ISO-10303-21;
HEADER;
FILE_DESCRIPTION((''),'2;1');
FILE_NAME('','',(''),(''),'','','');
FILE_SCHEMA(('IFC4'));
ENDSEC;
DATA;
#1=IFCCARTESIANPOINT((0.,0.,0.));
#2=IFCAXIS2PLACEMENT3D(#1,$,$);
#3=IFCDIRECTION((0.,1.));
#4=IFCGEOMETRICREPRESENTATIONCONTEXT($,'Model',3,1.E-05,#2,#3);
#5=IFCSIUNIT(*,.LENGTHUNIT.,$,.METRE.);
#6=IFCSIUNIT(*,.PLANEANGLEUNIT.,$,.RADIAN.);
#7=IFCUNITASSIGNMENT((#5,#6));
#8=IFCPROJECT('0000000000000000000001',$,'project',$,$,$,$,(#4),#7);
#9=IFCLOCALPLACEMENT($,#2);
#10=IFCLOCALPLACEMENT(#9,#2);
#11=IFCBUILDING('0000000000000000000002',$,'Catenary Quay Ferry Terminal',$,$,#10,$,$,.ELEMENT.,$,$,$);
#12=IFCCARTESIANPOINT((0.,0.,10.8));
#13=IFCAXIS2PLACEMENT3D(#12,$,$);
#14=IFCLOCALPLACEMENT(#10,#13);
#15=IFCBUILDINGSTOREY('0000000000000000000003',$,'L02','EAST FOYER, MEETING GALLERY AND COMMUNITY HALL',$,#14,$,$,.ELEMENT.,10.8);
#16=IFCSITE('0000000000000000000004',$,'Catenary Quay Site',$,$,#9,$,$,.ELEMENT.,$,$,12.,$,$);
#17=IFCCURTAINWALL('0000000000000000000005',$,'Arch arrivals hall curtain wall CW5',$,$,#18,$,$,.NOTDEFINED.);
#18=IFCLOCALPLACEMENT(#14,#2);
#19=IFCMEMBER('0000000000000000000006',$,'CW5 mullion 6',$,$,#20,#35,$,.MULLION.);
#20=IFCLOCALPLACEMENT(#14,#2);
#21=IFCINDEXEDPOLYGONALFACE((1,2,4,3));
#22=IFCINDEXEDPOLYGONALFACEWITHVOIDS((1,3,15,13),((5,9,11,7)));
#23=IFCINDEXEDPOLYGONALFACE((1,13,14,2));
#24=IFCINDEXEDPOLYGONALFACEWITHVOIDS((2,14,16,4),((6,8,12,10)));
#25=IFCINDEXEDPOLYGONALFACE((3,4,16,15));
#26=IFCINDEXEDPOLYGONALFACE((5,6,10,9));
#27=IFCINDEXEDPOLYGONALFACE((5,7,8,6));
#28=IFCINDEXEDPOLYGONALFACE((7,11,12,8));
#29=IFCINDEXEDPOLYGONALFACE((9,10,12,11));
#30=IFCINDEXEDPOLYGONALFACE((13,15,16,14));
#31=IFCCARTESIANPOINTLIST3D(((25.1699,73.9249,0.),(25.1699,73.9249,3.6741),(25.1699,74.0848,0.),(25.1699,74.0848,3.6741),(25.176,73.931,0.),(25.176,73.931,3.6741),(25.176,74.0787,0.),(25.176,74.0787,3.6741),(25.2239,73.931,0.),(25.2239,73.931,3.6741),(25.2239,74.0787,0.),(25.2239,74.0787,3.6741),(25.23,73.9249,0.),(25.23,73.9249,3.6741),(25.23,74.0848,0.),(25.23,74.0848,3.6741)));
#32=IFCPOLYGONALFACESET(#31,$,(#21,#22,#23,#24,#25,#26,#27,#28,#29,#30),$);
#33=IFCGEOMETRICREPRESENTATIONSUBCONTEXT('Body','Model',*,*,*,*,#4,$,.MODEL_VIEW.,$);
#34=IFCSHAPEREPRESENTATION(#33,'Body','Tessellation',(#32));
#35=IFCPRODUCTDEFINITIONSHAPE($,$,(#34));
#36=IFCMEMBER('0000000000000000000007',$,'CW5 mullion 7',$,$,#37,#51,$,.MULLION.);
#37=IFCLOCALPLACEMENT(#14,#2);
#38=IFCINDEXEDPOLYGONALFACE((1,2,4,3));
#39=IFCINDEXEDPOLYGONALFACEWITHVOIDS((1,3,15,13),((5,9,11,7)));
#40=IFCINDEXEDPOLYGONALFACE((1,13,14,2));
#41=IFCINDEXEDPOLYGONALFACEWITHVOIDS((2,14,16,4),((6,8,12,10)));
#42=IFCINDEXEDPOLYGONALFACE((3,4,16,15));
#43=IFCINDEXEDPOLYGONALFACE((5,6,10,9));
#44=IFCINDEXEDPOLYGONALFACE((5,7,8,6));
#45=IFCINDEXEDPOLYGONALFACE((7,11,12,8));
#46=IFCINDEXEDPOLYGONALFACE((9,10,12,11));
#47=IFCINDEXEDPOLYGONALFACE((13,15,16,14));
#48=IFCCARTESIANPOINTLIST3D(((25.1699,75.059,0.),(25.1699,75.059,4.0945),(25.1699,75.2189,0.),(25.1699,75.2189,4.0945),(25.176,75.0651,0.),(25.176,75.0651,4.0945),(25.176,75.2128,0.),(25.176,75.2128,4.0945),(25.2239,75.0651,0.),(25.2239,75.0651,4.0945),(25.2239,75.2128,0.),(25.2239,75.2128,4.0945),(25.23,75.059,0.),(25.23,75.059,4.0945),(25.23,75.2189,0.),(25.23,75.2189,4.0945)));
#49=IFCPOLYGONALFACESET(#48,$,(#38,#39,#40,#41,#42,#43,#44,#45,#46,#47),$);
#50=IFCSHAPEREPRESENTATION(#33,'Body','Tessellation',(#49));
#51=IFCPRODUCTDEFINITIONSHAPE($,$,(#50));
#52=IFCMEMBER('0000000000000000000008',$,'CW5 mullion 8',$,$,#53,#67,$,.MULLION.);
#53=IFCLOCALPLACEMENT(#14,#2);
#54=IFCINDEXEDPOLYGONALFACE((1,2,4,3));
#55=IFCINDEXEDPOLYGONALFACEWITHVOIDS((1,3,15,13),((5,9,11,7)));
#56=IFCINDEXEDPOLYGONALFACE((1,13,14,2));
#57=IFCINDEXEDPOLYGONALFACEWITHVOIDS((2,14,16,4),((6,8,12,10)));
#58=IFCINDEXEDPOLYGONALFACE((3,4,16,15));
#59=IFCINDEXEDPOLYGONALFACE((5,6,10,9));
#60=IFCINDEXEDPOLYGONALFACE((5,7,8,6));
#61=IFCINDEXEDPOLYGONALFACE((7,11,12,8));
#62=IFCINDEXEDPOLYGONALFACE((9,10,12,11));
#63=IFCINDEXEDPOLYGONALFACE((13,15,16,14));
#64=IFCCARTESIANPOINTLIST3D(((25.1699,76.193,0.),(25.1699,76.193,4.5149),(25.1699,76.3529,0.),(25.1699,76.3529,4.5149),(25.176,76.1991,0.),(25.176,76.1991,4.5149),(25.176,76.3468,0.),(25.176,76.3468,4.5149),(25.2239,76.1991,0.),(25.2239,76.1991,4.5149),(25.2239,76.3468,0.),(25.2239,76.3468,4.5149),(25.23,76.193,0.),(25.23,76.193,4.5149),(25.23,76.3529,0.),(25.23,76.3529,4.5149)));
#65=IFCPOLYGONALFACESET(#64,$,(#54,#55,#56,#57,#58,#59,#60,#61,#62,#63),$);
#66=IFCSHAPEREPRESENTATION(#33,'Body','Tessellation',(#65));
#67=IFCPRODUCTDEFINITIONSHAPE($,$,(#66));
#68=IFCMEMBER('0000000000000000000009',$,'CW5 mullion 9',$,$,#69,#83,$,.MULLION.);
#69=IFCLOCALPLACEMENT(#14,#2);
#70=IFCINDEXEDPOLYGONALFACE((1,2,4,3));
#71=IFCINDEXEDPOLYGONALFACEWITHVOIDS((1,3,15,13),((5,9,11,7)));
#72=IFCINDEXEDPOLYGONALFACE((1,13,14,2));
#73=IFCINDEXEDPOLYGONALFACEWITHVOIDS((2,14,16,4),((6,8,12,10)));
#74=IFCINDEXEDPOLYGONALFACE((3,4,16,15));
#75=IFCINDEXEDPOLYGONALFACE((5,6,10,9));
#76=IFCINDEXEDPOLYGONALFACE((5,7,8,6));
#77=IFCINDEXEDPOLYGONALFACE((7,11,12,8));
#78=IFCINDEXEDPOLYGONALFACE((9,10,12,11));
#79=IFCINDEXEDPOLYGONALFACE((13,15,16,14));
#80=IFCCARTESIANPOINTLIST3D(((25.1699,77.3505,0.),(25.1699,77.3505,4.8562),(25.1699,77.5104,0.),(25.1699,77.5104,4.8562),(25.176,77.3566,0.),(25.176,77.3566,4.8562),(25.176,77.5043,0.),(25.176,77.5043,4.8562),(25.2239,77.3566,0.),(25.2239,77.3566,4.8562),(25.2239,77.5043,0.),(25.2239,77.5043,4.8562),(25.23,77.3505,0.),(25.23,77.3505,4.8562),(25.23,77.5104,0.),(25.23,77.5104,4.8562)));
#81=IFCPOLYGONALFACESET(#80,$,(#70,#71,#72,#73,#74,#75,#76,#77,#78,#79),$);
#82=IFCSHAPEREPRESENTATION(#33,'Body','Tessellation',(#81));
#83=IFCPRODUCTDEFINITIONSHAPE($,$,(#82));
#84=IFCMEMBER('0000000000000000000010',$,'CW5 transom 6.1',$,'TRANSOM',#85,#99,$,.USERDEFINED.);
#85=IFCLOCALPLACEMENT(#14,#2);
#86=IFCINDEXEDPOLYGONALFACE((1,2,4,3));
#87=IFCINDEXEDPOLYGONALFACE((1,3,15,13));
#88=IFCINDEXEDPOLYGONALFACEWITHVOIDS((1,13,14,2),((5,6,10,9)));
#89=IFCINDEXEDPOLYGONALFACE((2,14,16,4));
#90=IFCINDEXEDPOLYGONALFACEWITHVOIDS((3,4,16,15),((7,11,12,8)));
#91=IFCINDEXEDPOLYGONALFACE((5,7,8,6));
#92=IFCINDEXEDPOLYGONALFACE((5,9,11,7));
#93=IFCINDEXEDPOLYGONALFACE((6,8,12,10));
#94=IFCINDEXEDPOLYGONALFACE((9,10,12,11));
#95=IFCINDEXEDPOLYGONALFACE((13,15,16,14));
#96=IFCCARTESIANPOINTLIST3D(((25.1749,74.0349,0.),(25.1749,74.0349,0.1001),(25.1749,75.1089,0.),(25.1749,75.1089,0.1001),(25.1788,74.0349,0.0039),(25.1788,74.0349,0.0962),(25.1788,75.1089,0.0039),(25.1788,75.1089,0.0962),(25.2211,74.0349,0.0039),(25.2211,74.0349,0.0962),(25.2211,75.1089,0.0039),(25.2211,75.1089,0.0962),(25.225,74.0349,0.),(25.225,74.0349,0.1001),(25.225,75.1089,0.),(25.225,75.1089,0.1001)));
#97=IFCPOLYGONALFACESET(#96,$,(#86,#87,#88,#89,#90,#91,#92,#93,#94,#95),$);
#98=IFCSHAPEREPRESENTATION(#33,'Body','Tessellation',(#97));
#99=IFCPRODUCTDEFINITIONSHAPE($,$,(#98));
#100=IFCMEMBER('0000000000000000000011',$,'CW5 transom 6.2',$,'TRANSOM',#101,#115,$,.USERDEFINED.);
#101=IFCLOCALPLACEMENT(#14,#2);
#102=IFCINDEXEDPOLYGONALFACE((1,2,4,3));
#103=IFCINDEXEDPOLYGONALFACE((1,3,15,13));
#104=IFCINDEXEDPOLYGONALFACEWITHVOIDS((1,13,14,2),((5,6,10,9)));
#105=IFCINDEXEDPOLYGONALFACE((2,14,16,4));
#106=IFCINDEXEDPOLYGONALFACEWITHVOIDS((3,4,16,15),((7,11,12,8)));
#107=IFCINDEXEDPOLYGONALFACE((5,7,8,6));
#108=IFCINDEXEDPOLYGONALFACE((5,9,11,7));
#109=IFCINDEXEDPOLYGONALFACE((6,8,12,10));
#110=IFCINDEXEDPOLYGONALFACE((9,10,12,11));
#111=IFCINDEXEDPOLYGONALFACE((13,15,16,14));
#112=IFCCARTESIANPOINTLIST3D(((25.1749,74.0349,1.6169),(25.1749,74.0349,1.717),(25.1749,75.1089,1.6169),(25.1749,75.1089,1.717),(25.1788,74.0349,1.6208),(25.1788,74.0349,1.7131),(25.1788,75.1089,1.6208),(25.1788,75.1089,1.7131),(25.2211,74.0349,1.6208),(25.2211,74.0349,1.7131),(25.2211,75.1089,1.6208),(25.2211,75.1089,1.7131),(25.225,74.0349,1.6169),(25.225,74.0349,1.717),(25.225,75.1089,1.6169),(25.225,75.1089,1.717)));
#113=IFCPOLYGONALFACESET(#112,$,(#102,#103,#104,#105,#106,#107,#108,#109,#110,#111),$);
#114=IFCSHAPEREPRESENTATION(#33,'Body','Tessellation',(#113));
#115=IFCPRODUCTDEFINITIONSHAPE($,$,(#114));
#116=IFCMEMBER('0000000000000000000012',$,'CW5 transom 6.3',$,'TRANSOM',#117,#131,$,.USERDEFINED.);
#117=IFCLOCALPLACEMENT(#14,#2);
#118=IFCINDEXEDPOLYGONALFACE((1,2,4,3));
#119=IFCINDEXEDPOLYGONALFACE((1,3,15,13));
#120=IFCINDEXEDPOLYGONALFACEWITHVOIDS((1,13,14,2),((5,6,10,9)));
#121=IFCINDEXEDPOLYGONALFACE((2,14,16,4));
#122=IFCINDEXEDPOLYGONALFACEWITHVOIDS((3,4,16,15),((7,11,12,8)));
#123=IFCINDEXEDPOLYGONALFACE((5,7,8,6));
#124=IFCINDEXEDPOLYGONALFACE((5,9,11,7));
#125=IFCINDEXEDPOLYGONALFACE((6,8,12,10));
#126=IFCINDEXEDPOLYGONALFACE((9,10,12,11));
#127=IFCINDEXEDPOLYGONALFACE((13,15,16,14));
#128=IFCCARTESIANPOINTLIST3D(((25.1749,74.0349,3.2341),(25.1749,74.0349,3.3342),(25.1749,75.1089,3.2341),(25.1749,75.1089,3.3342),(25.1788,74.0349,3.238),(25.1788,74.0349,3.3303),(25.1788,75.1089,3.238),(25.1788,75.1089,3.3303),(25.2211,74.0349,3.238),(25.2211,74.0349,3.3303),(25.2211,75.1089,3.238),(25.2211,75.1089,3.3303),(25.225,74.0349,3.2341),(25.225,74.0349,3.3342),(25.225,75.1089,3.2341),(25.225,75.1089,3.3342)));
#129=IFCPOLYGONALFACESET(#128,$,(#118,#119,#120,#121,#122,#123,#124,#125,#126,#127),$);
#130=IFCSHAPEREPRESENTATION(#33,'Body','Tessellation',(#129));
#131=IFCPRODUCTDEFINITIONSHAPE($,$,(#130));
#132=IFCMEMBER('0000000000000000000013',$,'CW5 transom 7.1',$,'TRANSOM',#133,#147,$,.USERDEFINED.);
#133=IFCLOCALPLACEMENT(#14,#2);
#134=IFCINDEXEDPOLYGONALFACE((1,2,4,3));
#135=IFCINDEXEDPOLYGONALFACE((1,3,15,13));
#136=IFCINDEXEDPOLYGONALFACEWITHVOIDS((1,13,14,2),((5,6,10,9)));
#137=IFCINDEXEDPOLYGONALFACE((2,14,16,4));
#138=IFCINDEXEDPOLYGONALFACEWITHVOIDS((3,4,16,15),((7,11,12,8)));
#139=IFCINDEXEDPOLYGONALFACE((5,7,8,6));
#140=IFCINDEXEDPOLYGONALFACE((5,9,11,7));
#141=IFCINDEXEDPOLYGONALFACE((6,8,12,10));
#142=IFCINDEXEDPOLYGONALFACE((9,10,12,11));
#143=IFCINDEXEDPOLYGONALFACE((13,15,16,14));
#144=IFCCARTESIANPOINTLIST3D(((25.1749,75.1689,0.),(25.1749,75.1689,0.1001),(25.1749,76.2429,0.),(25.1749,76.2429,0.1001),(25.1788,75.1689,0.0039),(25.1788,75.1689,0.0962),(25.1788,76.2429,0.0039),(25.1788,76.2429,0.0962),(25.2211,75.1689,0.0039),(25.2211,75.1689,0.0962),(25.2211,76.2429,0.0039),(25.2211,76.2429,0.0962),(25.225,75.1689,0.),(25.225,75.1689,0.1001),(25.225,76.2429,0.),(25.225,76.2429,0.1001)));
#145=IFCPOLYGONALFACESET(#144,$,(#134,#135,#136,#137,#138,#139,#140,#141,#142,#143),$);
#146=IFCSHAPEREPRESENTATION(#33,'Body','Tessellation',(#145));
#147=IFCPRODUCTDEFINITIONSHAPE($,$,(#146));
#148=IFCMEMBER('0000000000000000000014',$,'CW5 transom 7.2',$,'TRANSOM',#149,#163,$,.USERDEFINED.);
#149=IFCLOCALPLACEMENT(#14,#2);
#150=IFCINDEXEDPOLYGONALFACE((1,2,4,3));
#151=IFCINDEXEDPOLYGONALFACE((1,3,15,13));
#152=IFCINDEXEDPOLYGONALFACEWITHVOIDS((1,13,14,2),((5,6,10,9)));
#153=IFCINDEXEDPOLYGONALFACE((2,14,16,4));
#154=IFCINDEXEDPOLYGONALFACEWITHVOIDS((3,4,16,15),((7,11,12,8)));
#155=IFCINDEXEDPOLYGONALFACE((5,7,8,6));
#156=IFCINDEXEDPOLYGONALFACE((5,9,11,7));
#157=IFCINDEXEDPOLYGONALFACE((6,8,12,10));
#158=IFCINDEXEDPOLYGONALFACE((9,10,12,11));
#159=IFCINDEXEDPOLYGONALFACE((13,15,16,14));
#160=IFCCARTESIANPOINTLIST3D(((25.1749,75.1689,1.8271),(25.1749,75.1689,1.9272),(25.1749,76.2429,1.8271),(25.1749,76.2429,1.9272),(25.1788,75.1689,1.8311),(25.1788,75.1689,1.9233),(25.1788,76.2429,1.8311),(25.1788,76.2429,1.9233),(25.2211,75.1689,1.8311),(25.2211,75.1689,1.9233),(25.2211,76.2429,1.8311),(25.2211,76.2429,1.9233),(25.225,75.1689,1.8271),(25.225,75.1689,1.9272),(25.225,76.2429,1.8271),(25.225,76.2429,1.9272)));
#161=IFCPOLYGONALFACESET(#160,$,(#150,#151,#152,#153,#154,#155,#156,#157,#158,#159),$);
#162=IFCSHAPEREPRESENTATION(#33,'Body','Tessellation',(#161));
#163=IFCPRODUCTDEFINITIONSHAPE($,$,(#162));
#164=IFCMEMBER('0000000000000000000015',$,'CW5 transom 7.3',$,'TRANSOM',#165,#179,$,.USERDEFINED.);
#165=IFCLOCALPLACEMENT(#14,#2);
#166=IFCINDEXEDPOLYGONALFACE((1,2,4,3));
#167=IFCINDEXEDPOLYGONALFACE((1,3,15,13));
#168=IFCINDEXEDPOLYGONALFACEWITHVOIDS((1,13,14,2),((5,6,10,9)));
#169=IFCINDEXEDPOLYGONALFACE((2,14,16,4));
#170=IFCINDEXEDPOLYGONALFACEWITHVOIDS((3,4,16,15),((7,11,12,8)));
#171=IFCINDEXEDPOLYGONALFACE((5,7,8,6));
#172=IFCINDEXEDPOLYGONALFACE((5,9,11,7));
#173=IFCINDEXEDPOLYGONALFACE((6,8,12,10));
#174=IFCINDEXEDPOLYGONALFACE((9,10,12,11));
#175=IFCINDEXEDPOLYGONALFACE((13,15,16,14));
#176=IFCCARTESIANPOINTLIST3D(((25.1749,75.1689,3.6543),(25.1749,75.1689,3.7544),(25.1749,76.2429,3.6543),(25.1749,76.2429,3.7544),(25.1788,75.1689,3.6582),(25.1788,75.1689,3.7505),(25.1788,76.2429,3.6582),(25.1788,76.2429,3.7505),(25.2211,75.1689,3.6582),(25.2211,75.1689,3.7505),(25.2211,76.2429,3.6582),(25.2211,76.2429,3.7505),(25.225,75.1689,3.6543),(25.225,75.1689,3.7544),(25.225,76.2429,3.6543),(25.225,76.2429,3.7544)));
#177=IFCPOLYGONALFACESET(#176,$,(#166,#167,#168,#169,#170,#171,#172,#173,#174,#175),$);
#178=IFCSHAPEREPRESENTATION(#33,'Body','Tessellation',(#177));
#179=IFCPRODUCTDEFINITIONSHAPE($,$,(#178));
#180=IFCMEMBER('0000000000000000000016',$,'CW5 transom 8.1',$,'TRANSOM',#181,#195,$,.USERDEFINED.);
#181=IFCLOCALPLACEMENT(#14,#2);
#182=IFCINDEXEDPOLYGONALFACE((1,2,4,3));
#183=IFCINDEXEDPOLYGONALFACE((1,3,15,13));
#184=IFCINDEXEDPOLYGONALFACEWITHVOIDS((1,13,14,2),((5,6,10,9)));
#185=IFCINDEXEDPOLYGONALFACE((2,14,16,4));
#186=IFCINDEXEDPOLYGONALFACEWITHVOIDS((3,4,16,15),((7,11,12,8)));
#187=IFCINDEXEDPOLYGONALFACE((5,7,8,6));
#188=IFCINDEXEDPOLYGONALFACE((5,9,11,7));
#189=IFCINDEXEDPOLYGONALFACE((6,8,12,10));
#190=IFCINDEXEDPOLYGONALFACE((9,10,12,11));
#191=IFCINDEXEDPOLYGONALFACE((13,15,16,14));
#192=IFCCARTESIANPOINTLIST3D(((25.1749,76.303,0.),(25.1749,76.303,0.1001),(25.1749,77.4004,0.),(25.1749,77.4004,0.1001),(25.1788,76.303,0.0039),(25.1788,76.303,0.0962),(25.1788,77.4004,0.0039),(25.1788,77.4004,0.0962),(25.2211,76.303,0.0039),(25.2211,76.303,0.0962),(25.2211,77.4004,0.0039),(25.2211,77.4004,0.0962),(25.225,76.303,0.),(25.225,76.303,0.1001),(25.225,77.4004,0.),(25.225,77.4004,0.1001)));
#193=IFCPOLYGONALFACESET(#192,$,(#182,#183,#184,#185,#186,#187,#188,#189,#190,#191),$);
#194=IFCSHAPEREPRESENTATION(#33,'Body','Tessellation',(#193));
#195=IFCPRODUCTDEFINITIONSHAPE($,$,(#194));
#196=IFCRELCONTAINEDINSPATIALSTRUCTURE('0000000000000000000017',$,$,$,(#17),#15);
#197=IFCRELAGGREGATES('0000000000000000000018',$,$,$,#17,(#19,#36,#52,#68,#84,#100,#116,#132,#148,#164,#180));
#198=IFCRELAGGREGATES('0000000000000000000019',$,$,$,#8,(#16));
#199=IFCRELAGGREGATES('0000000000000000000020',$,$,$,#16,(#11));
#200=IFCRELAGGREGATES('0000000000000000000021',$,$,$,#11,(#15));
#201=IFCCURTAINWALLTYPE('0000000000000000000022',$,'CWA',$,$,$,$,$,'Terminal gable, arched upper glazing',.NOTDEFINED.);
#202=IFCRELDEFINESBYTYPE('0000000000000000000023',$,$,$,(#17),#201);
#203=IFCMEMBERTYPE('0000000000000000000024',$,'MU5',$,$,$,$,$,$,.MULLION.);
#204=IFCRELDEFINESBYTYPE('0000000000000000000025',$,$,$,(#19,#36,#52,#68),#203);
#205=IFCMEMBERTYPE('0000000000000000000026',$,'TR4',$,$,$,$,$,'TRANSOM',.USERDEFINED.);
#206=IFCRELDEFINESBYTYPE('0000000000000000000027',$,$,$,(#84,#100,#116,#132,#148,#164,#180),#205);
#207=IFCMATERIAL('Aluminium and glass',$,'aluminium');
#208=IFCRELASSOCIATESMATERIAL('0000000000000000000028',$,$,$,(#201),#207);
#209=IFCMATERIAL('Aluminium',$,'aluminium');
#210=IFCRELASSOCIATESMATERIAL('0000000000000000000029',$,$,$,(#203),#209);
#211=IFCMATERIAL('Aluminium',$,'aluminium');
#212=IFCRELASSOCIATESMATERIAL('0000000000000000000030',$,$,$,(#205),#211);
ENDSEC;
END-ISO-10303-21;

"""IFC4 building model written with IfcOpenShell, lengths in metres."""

from ifc_helpers import new_model, si_unit, direction, frame, origin, origin_2d, place, context, subcontext, project, spatial, hollow_rectangle, extrude, material, material_profile, profile_set, type_object, element, aggregate, save


model = new_model("IFC4")

# Units and contexts
model_context = context("Model", 3, precision=1e-05, world=origin(), true_north=direction((0.0, 1.0)))
body_context = subcontext(model_context, "Body", "Model", "MODEL_VIEW")
ifc_project = project(units=[si_unit("LENGTHUNIT", "METRE"), si_unit("PLANEANGLEUNIT", "RADIAN")], contexts=[model_context])

# Site, building, storey
site_placement = place(None, origin())
site = spatial("IfcSite", under=ifc_project, at=site_placement, Name="Catenary Quay Site", CompositionType="ELEMENT", RefElevation=12.0)
building_placement = place(site_placement, origin())
building = spatial("IfcBuilding", under=site, at=building_placement, Name="Catenary Quay Ferry Terminal", CompositionType="ELEMENT")
storey_placement = place(building_placement, frame((0.0, 0.0, 10.8)))
storey = spatial("IfcBuildingStorey", under=building, at=storey_placement, Name="L02", Description="EAST FOYER, MEETING GALLERY AND COMMUNITY HALL", CompositionType="ELEMENT", Elevation=10.8)

# Curtain wall, members
ifc_material_1 = material(Name="Aluminium and glass", Category="aluminium")
curtain_wall_type = type_object("IfcCurtainWallType", Name="CWA", ElementType="Terminal gable, arched upper glazing", PredefinedType="NOTDEFINED", material=ifc_material_1)
curtain_wall_placement = place(storey_placement, origin())
curtain_wall = element("IfcCurtainWall", 1, at=curtain_wall_placement, inside=storey, type_object=curtain_wall_type, Name="Arch arrivals hall curtain wall CW5", PredefinedType="NOTDEFINED")
ifc_material_2 = material(Name="Aluminium", Category="aluminium")
ifc_material_profile_1 = material_profile(ifc_material_2, hollow_rectangle(XDim=0.0601, YDim=0.1599, WallThickness=0.0061, at=origin_2d()), Name="MU5")
ifc_profile_set_1 = profile_set([ifc_material_profile_1], Name="Aluminium")
member_type_1 = type_object("IfcMemberType", Name="MU5", PredefinedType="MULLION", material=ifc_profile_set_1)
member_1_placement = place(storey_placement, frame((25.2, 74.0049, 0.0), z_axis=(0.0, 0.0, 1.0), x_axis=(-1.0, 0.0, 0.0)))
member_1 = element("IfcMember", 2, at=member_1_placement, type_object=member_type_1, Name="CW5 mullion 6", PredefinedType="MULLION", context=body_context, shape_type="SweptSolid", body=[
    extrude(hollow_rectangle(XDim=0.0601, YDim=0.1599, WallThickness=0.0061, at=origin_2d()), origin(), (0.0, 0.0, 1.0), 3.6741),
])
member_2_placement = place(storey_placement, frame((25.2, 75.1389, 0.0), z_axis=(0.0, 0.0, 1.0), x_axis=(-1.0, 0.0, 0.0)))
member_2 = element("IfcMember", 3, at=member_2_placement, type_object=member_type_1, Name="CW5 mullion 7", PredefinedType="MULLION", context=body_context, shape_type="SweptSolid", body=[
    extrude(hollow_rectangle(XDim=0.0601, YDim=0.1599, WallThickness=0.0061, at=origin_2d()), origin(), (0.0, 0.0, 1.0), 4.0945),
])
member_3_placement = place(storey_placement, frame((25.2, 76.2729, 0.0), z_axis=(0.0, 0.0, 1.0), x_axis=(-1.0, 0.0, 0.0)))
member_3 = element("IfcMember", 4, at=member_3_placement, type_object=member_type_1, Name="CW5 mullion 8", PredefinedType="MULLION", context=body_context, shape_type="SweptSolid", body=[
    extrude(hollow_rectangle(XDim=0.0601, YDim=0.1599, WallThickness=0.0061, at=origin_2d()), origin(), (0.0, 0.0, 1.0), 4.5149),
])
member_4_placement = place(storey_placement, frame((25.2, 77.4304, 0.0), z_axis=(0.0, 0.0, 1.0), x_axis=(-1.0, 0.0, 0.0)))
member_4 = element("IfcMember", 5, at=member_4_placement, type_object=member_type_1, Name="CW5 mullion 9", PredefinedType="MULLION", context=body_context, shape_type="SweptSolid", body=[
    extrude(hollow_rectangle(XDim=0.0601, YDim=0.1599, WallThickness=0.0061, at=origin_2d()), origin(), (0.0, 0.0, 1.0), 4.8562),
])
ifc_material_3 = material(Name="Aluminium", Category="aluminium")
ifc_material_profile_2 = material_profile(ifc_material_3, hollow_rectangle(XDim=0.05, YDim=0.1001, WallThickness=0.0039, at=origin_2d()), Name="TR4")
ifc_profile_set_2 = profile_set([ifc_material_profile_2], Name="Aluminium")
member_type_2 = type_object("IfcMemberType", Name="TR4", ElementType="TRANSOM", PredefinedType="USERDEFINED", material=ifc_profile_set_2)
member_5_placement = place(storey_placement, frame((25.2, 74.0349, 0.05), z_axis=(0.0, 1.0, 0.0), x_axis=(-1.0, 0.0, 0.0)))
member_5 = element("IfcMember", 6, at=member_5_placement, type_object=member_type_2, Name="CW5 transom 6.1", ObjectType="TRANSOM", PredefinedType="USERDEFINED", context=body_context, shape_type="SweptSolid", body=[
    extrude(hollow_rectangle(XDim=0.05, YDim=0.1001, WallThickness=0.0039, at=origin_2d()), origin(), (0.0, 0.0, 1.0), 1.074),
])
member_6_placement = place(storey_placement, frame((25.2, 74.0349, 1.667), z_axis=(0.0, 1.0, 0.0), x_axis=(-1.0, 0.0, 0.0)))
member_6 = element("IfcMember", 7, at=member_6_placement, type_object=member_type_2, Name="CW5 transom 6.2", ObjectType="TRANSOM", PredefinedType="USERDEFINED", context=body_context, shape_type="SweptSolid", body=[
    extrude(hollow_rectangle(XDim=0.05, YDim=0.1001, WallThickness=0.0039, at=origin_2d()), origin(), (0.0, 0.0, 1.0), 1.074),
])
member_7_placement = place(storey_placement, frame((25.2, 74.0349, 3.2842), z_axis=(0.0, 1.0, 0.0), x_axis=(-1.0, 0.0, 0.0)))
member_7 = element("IfcMember", 8, at=member_7_placement, type_object=member_type_2, Name="CW5 transom 6.3", ObjectType="TRANSOM", PredefinedType="USERDEFINED", context=body_context, shape_type="SweptSolid", body=[
    extrude(hollow_rectangle(XDim=0.05, YDim=0.1001, WallThickness=0.0039, at=origin_2d()), origin(), (0.0, 0.0, 1.0), 1.074),
])
member_8_placement = place(storey_placement, frame((25.2, 75.1689, 0.05), z_axis=(0.0, 1.0, 0.0), x_axis=(-1.0, 0.0, 0.0)))
member_8 = element("IfcMember", 9, at=member_8_placement, type_object=member_type_2, Name="CW5 transom 7.1", ObjectType="TRANSOM", PredefinedType="USERDEFINED", context=body_context, shape_type="SweptSolid", body=[
    extrude(hollow_rectangle(XDim=0.05, YDim=0.1001, WallThickness=0.0039, at=origin_2d()), origin(), (0.0, 0.0, 1.0), 1.074),
])
member_9_placement = place(storey_placement, frame((25.2, 75.1689, 1.8772), z_axis=(0.0, 1.0, 0.0), x_axis=(-1.0, 0.0, 0.0)))
member_9 = element("IfcMember", 10, at=member_9_placement, type_object=member_type_2, Name="CW5 transom 7.2", ObjectType="TRANSOM", PredefinedType="USERDEFINED", context=body_context, shape_type="SweptSolid", body=[
    extrude(hollow_rectangle(XDim=0.05, YDim=0.1001, WallThickness=0.0039, at=origin_2d()), origin(), (0.0, 0.0, 1.0), 1.074),
])
member_10_placement = place(storey_placement, frame((25.2, 75.1689, 3.7043), z_axis=(0.0, 1.0, 0.0), x_axis=(-1.0, 0.0, 0.0)))
member_10 = element("IfcMember", 11, at=member_10_placement, type_object=member_type_2, Name="CW5 transom 7.3", ObjectType="TRANSOM", PredefinedType="USERDEFINED", context=body_context, shape_type="SweptSolid", body=[
    extrude(hollow_rectangle(XDim=0.05, YDim=0.1001, WallThickness=0.0039, at=origin_2d()), origin(), (0.0, 0.0, 1.0), 1.074),
])
member_11_placement = place(storey_placement, frame((25.2, 76.303, 0.05), z_axis=(0.0, 1.0, 0.0), x_axis=(-1.0, 0.0, 0.0)))
member_11 = element("IfcMember", 12, at=member_11_placement, type_object=member_type_2, Name="CW5 transom 8.1", ObjectType="TRANSOM", PredefinedType="USERDEFINED", context=body_context, shape_type="SweptSolid", body=[
    extrude(hollow_rectangle(XDim=0.05, YDim=0.1001, WallThickness=0.0039, at=origin_2d()), origin(), (0.0, 0.0, 1.0), 1.0974),
])

aggregate(curtain_wall, [member_1, member_2, member_3, member_4, member_5, member_6, member_7, member_8, member_9, member_10, member_11])

save(model, "model.ifc")
